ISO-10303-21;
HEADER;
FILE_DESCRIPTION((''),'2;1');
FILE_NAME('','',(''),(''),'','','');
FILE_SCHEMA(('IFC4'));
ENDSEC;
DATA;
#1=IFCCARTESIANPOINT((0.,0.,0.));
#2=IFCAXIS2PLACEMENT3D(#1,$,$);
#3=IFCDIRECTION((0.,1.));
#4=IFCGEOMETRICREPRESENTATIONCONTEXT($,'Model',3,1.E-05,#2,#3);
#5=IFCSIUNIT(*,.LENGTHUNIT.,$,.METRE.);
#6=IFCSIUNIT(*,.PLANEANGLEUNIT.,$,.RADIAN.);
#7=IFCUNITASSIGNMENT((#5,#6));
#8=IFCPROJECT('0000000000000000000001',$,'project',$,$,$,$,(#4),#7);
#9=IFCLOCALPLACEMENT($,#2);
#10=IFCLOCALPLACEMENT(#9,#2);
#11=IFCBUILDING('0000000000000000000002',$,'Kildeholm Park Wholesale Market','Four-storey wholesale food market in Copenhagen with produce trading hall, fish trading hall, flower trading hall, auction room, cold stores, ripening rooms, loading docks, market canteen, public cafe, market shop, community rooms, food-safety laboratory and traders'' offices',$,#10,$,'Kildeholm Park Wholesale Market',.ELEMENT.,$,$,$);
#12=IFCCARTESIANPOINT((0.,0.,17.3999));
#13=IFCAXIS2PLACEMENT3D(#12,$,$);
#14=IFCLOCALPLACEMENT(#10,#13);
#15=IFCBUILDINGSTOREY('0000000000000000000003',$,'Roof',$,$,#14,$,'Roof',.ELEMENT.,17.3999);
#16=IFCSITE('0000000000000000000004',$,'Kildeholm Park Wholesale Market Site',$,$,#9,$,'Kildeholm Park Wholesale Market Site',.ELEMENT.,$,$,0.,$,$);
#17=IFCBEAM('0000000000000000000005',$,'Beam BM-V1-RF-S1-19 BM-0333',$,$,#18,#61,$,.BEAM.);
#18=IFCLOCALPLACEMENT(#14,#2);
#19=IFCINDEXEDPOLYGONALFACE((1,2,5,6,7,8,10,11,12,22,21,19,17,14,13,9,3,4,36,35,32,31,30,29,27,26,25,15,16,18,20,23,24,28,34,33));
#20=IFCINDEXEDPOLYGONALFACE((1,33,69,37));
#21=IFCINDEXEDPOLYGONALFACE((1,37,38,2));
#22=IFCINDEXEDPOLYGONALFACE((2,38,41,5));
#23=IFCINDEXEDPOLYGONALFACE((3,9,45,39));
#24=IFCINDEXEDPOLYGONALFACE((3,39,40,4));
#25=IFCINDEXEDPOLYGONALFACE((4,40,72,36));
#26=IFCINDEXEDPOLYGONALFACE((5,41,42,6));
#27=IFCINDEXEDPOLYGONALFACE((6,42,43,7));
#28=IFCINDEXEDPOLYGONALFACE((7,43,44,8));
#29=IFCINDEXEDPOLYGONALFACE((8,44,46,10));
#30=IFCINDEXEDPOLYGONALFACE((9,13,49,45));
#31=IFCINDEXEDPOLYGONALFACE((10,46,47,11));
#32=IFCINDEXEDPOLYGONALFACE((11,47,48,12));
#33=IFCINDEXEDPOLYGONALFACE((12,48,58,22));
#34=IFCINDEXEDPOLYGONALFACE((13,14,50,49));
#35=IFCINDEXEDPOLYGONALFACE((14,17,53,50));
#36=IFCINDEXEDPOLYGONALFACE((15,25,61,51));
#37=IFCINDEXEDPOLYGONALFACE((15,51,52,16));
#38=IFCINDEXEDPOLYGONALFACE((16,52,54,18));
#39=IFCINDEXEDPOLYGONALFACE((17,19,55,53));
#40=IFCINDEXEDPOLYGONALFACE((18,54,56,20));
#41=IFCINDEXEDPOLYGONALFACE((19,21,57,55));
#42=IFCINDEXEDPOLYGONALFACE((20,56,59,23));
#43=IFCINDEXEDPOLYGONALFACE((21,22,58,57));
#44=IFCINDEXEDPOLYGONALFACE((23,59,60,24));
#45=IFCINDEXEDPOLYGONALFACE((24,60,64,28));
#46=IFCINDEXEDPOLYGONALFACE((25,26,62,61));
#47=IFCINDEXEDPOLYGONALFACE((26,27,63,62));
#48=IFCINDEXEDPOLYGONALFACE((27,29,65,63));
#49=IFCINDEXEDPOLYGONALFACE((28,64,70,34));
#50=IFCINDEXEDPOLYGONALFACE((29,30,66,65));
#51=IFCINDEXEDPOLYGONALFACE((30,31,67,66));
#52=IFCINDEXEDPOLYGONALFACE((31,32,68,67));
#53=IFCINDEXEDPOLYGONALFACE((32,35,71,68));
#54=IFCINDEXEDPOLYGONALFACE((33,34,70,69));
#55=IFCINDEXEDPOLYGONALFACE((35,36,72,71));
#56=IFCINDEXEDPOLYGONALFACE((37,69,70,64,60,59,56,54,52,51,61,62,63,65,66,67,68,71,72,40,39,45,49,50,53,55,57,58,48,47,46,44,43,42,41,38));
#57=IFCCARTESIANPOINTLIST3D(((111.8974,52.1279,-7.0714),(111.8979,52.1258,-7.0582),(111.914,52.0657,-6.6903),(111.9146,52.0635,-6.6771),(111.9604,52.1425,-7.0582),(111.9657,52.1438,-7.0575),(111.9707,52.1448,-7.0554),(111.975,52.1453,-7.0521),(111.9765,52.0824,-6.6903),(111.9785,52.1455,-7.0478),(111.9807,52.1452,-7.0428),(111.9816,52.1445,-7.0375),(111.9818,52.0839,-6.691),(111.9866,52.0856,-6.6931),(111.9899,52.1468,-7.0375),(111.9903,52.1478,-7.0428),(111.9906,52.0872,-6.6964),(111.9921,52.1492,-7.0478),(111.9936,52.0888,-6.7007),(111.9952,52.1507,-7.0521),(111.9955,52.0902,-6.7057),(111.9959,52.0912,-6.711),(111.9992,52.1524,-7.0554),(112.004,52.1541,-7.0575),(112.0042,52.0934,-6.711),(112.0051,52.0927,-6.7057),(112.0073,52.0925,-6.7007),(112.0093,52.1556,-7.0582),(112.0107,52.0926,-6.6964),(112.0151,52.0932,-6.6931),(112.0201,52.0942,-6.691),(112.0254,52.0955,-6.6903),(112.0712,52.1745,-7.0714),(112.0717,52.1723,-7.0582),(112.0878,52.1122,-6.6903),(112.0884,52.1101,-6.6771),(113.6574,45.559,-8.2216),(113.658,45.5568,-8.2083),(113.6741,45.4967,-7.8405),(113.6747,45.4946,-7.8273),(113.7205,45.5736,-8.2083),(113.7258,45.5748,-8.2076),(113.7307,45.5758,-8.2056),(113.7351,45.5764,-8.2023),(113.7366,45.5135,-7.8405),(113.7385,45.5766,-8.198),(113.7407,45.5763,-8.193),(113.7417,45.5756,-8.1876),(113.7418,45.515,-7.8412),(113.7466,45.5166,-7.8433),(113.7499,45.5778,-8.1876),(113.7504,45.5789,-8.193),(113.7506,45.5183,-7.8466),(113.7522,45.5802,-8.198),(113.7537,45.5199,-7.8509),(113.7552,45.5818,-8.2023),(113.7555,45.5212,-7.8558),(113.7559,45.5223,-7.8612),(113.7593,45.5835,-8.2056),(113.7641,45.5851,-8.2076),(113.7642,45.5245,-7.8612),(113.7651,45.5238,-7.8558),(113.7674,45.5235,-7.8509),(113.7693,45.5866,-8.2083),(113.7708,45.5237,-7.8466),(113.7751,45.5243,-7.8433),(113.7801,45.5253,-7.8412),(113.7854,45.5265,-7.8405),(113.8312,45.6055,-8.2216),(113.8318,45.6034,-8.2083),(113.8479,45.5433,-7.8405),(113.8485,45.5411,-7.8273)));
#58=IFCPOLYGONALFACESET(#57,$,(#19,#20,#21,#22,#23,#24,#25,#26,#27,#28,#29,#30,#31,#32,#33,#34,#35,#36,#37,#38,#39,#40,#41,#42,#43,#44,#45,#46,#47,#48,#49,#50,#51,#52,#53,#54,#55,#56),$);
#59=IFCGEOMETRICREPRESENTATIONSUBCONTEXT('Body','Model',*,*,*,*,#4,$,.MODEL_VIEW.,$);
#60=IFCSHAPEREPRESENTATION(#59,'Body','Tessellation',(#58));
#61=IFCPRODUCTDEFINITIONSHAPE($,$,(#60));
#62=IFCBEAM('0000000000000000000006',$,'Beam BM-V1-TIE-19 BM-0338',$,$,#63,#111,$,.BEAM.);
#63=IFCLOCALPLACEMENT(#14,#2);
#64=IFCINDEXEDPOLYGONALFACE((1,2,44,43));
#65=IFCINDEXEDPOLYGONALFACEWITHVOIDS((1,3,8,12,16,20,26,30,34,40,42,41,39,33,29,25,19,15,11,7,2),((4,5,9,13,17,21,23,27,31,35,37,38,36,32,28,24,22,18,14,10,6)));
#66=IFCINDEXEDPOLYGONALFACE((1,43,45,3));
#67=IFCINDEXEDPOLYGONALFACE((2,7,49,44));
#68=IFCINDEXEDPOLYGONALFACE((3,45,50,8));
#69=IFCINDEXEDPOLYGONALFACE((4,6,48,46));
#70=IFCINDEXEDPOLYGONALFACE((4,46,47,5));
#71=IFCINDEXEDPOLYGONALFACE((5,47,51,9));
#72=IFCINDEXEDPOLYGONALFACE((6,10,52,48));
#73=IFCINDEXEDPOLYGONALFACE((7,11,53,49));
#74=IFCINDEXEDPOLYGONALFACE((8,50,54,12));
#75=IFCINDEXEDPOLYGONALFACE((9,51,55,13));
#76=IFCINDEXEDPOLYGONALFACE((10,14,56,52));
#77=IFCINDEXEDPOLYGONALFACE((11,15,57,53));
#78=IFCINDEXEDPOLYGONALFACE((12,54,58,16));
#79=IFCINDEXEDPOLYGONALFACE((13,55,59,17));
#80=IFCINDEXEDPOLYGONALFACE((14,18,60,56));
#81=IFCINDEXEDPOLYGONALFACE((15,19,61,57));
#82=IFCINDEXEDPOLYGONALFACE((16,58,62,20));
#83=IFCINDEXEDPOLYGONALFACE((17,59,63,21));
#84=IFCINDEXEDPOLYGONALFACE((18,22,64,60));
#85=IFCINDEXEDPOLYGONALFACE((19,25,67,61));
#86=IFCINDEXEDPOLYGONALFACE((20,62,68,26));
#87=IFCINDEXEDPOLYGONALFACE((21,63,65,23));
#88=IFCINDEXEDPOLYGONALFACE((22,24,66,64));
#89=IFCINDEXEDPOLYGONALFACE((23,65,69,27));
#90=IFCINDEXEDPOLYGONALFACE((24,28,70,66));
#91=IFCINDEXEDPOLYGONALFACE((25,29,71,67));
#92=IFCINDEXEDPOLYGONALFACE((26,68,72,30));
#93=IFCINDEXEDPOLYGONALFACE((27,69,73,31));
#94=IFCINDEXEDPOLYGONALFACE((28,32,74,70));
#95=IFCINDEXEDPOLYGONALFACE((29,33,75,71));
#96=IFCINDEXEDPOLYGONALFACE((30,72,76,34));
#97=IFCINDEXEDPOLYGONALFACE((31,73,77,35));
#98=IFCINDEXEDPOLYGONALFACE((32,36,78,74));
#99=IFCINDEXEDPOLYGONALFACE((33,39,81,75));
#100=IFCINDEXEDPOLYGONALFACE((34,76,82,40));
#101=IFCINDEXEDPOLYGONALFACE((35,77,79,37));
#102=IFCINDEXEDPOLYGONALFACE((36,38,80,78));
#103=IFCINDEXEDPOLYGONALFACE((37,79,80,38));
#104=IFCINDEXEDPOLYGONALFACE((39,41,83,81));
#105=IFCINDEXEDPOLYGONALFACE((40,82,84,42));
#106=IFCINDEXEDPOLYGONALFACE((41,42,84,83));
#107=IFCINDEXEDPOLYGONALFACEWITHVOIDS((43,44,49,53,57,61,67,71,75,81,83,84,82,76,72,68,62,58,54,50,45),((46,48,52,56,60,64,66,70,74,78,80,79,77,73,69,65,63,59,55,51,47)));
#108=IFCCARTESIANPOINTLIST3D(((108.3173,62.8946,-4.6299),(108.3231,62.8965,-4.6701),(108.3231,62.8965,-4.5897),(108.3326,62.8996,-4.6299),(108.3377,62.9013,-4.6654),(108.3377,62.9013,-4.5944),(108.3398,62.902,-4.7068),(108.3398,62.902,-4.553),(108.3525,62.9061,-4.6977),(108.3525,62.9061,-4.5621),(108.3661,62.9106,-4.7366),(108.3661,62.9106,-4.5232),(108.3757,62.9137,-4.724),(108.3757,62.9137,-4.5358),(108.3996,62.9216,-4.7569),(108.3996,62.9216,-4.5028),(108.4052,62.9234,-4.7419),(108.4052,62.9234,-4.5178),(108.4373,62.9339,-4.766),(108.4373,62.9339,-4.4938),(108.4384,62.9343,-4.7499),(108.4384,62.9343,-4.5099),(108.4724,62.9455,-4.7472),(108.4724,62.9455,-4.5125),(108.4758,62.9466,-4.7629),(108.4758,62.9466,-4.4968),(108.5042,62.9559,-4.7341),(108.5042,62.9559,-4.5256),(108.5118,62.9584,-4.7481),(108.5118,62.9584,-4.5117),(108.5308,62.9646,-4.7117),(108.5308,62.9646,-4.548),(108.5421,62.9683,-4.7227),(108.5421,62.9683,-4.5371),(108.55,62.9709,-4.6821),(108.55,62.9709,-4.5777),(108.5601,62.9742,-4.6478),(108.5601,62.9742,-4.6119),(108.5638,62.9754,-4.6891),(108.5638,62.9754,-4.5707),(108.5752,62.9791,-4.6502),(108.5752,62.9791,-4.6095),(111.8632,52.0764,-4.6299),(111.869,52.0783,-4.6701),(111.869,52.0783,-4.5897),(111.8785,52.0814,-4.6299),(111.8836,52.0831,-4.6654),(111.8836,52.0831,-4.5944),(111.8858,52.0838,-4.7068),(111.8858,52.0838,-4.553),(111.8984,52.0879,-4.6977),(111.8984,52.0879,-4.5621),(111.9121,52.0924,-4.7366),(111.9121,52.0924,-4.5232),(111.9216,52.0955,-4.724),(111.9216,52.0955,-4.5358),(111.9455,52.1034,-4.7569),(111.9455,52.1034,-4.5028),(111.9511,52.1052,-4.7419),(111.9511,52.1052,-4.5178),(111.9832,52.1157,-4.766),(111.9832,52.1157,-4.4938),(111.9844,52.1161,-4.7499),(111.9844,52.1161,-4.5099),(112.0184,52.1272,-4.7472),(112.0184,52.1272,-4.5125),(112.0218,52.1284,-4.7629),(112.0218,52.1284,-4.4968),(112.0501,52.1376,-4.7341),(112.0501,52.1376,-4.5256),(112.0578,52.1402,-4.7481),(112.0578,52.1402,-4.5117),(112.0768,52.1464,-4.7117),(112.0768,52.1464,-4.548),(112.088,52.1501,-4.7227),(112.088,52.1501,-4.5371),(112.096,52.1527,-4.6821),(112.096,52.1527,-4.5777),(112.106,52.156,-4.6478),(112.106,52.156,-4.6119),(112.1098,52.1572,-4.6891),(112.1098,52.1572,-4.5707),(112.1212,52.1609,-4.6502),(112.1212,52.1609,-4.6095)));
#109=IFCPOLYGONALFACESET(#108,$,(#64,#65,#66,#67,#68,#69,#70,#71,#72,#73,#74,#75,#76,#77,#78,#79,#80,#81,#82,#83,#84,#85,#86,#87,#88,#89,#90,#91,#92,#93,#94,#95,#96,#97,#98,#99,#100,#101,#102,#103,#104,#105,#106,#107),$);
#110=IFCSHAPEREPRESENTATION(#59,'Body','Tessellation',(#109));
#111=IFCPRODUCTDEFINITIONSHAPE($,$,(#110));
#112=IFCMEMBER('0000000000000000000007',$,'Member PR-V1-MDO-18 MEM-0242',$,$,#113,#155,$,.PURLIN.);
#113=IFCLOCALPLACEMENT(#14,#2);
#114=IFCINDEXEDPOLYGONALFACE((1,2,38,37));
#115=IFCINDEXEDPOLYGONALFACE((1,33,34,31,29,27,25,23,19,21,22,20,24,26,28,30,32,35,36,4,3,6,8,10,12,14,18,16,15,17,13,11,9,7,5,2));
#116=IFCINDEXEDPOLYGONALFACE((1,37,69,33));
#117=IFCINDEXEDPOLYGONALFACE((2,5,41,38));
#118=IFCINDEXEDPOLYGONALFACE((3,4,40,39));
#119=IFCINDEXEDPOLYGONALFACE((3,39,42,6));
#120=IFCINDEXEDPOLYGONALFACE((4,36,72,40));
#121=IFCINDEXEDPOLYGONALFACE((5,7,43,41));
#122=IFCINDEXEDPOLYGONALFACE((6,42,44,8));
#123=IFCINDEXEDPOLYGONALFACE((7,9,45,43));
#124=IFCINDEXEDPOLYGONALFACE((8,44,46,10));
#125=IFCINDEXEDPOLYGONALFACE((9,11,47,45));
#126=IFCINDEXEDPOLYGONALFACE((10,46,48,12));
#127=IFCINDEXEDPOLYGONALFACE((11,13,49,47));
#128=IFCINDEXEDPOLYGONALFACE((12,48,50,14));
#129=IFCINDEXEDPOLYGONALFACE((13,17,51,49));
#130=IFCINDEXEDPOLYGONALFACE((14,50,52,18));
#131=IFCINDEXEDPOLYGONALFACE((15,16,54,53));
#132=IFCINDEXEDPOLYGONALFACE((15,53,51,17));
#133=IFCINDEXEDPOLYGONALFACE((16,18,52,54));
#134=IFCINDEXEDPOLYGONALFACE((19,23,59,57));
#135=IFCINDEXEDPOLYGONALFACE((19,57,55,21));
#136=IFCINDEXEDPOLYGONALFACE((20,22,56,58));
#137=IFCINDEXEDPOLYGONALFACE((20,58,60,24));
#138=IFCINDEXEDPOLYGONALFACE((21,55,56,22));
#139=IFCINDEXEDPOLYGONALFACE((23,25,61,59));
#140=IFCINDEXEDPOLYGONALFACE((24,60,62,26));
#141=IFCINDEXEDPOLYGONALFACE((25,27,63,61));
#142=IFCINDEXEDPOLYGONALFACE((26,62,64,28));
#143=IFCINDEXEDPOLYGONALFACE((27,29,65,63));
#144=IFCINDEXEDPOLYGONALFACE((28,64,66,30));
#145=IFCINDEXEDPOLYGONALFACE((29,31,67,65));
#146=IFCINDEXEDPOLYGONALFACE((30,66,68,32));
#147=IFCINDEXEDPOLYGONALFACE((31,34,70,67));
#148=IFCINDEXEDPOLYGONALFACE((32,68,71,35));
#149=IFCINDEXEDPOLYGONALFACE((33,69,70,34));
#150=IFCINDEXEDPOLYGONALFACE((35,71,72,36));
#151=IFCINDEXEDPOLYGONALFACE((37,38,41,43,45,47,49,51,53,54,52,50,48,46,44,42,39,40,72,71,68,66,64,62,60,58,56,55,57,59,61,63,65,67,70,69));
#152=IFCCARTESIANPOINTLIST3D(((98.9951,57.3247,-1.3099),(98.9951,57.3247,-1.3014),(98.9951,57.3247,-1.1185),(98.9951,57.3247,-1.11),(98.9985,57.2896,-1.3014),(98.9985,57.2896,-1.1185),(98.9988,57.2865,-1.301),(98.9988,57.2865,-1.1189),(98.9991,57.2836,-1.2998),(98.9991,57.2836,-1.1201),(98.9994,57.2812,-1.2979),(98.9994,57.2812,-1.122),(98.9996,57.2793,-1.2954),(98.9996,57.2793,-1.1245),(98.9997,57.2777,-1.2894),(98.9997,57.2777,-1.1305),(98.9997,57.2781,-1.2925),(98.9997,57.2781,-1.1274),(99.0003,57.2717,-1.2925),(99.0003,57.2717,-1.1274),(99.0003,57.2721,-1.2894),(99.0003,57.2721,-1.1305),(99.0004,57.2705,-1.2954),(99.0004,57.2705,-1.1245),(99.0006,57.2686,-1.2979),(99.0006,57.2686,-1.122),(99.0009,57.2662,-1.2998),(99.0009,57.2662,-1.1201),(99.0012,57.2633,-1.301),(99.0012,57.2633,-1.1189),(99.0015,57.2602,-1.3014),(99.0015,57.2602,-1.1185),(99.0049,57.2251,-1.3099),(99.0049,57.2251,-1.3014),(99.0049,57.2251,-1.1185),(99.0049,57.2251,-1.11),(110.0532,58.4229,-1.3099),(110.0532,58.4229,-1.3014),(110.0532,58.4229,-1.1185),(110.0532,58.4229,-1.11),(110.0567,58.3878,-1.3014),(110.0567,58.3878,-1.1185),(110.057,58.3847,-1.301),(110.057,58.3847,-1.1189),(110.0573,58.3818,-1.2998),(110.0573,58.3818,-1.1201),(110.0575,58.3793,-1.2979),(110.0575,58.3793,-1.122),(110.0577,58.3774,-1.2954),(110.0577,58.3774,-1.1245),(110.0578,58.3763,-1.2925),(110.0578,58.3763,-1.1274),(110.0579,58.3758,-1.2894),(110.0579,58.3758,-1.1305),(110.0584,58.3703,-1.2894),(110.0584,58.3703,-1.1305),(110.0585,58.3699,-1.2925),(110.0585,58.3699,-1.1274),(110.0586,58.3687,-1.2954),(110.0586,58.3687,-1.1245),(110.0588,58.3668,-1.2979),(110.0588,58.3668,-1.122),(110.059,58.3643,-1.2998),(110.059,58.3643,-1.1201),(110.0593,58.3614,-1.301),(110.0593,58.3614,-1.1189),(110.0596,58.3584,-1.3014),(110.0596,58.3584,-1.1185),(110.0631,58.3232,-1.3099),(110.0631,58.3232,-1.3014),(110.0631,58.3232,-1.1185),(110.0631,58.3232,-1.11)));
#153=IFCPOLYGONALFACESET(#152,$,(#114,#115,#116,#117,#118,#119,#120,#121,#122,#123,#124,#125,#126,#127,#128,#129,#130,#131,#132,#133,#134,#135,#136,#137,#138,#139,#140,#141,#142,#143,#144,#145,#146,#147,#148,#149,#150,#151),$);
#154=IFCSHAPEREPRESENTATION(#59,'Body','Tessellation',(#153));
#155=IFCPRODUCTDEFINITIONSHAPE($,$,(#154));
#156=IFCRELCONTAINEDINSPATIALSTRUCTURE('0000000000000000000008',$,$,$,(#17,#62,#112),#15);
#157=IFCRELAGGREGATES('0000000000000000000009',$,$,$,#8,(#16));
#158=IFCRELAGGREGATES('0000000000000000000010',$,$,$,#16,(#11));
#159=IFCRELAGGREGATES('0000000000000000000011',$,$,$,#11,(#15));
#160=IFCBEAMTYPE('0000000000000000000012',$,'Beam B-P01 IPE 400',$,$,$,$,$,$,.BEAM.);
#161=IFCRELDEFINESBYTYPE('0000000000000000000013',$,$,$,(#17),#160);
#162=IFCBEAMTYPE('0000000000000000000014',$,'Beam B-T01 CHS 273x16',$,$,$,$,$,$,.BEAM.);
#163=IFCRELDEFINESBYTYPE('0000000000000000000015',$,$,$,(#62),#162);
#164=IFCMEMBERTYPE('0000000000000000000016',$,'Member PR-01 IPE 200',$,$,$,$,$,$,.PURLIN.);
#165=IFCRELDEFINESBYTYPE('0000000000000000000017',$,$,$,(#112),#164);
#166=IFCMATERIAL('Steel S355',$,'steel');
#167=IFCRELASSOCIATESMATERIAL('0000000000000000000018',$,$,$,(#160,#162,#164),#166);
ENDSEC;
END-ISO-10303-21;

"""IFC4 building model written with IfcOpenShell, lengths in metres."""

from ifc_helpers import new_model, si_unit, direction, frame, origin, origin_2d, place, context, subcontext, project, spatial, hollow_circle, i_section, extrude, material, material_profile, profile_set, type_object, element, save


model = new_model("IFC4")

# Units and contexts
model_context = context("Model", 3, precision=1e-05, world=origin(), true_north=direction((0.0, 1.0)))
body_context = subcontext(model_context, "Body", "Model", "MODEL_VIEW")
ifc_project = project(units=[si_unit("LENGTHUNIT", "METRE"), si_unit("PLANEANGLEUNIT", "RADIAN")], contexts=[model_context])

# Site, building, storey
site_placement = place(None, origin())
site = spatial("IfcSite", under=ifc_project, at=site_placement, Name="Kildeholm Park Wholesale Market Site", LongName="Kildeholm Park Wholesale Market Site", CompositionType="ELEMENT", RefElevation=0.0)
building_placement = place(site_placement, origin())
building = spatial("IfcBuilding", under=site, at=building_placement, Name="Kildeholm Park Wholesale Market", Description="Four-storey wholesale food market in Copenhagen with produce trading hall, fish trading hall, flower trading hall, auction room, cold stores, ripening rooms, loading docks, market canteen, public cafe, market shop, community rooms, food-safety laboratory and traders' offices", LongName="Kildeholm Park Wholesale Market", CompositionType="ELEMENT")
storey_placement = place(building_placement, frame((0.0, 0.0, 17.3999)))
storey = spatial("IfcBuildingStorey", under=building, at=storey_placement, Name="Roof", LongName="Roof", CompositionType="ELEMENT", Elevation=17.3999)

# Beams
ifc_material_1 = material(Name="Steel S355", Category="steel")
ifc_material_profile_1 = material_profile(ifc_material_1, i_section(OverallWidth=0.1799, OverallDepth=0.3999, WebThickness=0.0085, FlangeThickness=0.0134, FilletRadius=0.021, at=origin_2d()), Name="IPE 400")
ifc_profile_set_1 = profile_set([ifc_material_profile_1], Name="Steel S355")
beam_type_1 = type_object("IfcBeamType", Name="Beam B-P01 IPE 400", PredefinedType="BEAM", material=ifc_profile_set_1)
beam_1_placement = place(storey_placement, frame((113.7529, 45.55, -8.0244), z_axis=(-0.25518, 0.952405, 0.166758), x_axis=(-0.96593, -0.258804, 0.0)))
element("IfcBeam", 1, at=beam_1_placement, inside=storey, type_object=beam_type_1, Name="Beam BM-V1-RF-S1-19 BM-0333", PredefinedType="BEAM", context=body_context, shape_type="SweptSolid", body=[
    extrude(i_section(OverallWidth=0.1799, OverallDepth=0.3999, WebThickness=0.0085, FlangeThickness=0.0134, FilletRadius=0.021, at=origin_2d()), origin(), (0.0, 0.0, 1.0), 6.8972),
])
ifc_material_profile_2 = material_profile(ifc_material_1, hollow_circle(Radius=0.1365, WallThickness=0.0161, at=origin_2d()), Name="CHS 273x16")
ifc_profile_set_2 = profile_set([ifc_material_profile_2], Name="Steel S355")
beam_type_2 = type_object("IfcBeamType", Name="Beam B-T01 CHS 273x16", PredefinedType="BEAM", material=ifc_profile_set_2)
beam_2_placement = place(storey_placement, frame((111.9929, 52.1189, -4.6299), z_axis=(-0.311469, 0.950256, 0.0), x_axis=(-0.950256, -0.311469, 0.0)))
element("IfcBeam", 2, at=beam_2_placement, inside=storey, type_object=beam_type_2, Name="Beam BM-V1-TIE-19 BM-0338", PredefinedType="BEAM", context=body_context, shape_type="SweptSolid", body=[
    extrude(hollow_circle(Radius=0.1365, WallThickness=0.0161, at=origin_2d()), origin(), (0.0, 0.0, 1.0), 11.3845),
])

# Member
ifc_material_profile_3 = material_profile(ifc_material_1, i_section(OverallWidth=0.1001, OverallDepth=0.2, WebThickness=0.0056, FlangeThickness=0.0085, FilletRadius=0.012, at=origin_2d()), Name="IPE 200")
ifc_profile_set_3 = profile_set([ifc_material_profile_3], Name="Steel S355")
member_type_1 = type_object("IfcMemberType", Name="Member PR-01 IPE 200", PredefinedType="PURLIN", material=ifc_profile_set_3)
member_1_placement = place(storey_placement, frame((99.0, 57.2749, -1.21), z_axis=(0.995105, 0.098821, 0.0), x_axis=(-0.098821, 0.995105, 0.0)))
element("IfcMember", 3, at=member_1_placement, inside=storey, type_object=member_type_1, Name="Member PR-V1-MDO-18 MEM-0242", PredefinedType="PURLIN", context=body_context, shape_type="SweptSolid", body=[
    extrude(i_section(OverallWidth=0.1001, OverallDepth=0.2, WebThickness=0.0056, FlangeThickness=0.0085, FilletRadius=0.012, at=origin_2d()), origin(), (0.0, 0.0, 1.0), 11.1125),
])

save(model, "model.ifc")
